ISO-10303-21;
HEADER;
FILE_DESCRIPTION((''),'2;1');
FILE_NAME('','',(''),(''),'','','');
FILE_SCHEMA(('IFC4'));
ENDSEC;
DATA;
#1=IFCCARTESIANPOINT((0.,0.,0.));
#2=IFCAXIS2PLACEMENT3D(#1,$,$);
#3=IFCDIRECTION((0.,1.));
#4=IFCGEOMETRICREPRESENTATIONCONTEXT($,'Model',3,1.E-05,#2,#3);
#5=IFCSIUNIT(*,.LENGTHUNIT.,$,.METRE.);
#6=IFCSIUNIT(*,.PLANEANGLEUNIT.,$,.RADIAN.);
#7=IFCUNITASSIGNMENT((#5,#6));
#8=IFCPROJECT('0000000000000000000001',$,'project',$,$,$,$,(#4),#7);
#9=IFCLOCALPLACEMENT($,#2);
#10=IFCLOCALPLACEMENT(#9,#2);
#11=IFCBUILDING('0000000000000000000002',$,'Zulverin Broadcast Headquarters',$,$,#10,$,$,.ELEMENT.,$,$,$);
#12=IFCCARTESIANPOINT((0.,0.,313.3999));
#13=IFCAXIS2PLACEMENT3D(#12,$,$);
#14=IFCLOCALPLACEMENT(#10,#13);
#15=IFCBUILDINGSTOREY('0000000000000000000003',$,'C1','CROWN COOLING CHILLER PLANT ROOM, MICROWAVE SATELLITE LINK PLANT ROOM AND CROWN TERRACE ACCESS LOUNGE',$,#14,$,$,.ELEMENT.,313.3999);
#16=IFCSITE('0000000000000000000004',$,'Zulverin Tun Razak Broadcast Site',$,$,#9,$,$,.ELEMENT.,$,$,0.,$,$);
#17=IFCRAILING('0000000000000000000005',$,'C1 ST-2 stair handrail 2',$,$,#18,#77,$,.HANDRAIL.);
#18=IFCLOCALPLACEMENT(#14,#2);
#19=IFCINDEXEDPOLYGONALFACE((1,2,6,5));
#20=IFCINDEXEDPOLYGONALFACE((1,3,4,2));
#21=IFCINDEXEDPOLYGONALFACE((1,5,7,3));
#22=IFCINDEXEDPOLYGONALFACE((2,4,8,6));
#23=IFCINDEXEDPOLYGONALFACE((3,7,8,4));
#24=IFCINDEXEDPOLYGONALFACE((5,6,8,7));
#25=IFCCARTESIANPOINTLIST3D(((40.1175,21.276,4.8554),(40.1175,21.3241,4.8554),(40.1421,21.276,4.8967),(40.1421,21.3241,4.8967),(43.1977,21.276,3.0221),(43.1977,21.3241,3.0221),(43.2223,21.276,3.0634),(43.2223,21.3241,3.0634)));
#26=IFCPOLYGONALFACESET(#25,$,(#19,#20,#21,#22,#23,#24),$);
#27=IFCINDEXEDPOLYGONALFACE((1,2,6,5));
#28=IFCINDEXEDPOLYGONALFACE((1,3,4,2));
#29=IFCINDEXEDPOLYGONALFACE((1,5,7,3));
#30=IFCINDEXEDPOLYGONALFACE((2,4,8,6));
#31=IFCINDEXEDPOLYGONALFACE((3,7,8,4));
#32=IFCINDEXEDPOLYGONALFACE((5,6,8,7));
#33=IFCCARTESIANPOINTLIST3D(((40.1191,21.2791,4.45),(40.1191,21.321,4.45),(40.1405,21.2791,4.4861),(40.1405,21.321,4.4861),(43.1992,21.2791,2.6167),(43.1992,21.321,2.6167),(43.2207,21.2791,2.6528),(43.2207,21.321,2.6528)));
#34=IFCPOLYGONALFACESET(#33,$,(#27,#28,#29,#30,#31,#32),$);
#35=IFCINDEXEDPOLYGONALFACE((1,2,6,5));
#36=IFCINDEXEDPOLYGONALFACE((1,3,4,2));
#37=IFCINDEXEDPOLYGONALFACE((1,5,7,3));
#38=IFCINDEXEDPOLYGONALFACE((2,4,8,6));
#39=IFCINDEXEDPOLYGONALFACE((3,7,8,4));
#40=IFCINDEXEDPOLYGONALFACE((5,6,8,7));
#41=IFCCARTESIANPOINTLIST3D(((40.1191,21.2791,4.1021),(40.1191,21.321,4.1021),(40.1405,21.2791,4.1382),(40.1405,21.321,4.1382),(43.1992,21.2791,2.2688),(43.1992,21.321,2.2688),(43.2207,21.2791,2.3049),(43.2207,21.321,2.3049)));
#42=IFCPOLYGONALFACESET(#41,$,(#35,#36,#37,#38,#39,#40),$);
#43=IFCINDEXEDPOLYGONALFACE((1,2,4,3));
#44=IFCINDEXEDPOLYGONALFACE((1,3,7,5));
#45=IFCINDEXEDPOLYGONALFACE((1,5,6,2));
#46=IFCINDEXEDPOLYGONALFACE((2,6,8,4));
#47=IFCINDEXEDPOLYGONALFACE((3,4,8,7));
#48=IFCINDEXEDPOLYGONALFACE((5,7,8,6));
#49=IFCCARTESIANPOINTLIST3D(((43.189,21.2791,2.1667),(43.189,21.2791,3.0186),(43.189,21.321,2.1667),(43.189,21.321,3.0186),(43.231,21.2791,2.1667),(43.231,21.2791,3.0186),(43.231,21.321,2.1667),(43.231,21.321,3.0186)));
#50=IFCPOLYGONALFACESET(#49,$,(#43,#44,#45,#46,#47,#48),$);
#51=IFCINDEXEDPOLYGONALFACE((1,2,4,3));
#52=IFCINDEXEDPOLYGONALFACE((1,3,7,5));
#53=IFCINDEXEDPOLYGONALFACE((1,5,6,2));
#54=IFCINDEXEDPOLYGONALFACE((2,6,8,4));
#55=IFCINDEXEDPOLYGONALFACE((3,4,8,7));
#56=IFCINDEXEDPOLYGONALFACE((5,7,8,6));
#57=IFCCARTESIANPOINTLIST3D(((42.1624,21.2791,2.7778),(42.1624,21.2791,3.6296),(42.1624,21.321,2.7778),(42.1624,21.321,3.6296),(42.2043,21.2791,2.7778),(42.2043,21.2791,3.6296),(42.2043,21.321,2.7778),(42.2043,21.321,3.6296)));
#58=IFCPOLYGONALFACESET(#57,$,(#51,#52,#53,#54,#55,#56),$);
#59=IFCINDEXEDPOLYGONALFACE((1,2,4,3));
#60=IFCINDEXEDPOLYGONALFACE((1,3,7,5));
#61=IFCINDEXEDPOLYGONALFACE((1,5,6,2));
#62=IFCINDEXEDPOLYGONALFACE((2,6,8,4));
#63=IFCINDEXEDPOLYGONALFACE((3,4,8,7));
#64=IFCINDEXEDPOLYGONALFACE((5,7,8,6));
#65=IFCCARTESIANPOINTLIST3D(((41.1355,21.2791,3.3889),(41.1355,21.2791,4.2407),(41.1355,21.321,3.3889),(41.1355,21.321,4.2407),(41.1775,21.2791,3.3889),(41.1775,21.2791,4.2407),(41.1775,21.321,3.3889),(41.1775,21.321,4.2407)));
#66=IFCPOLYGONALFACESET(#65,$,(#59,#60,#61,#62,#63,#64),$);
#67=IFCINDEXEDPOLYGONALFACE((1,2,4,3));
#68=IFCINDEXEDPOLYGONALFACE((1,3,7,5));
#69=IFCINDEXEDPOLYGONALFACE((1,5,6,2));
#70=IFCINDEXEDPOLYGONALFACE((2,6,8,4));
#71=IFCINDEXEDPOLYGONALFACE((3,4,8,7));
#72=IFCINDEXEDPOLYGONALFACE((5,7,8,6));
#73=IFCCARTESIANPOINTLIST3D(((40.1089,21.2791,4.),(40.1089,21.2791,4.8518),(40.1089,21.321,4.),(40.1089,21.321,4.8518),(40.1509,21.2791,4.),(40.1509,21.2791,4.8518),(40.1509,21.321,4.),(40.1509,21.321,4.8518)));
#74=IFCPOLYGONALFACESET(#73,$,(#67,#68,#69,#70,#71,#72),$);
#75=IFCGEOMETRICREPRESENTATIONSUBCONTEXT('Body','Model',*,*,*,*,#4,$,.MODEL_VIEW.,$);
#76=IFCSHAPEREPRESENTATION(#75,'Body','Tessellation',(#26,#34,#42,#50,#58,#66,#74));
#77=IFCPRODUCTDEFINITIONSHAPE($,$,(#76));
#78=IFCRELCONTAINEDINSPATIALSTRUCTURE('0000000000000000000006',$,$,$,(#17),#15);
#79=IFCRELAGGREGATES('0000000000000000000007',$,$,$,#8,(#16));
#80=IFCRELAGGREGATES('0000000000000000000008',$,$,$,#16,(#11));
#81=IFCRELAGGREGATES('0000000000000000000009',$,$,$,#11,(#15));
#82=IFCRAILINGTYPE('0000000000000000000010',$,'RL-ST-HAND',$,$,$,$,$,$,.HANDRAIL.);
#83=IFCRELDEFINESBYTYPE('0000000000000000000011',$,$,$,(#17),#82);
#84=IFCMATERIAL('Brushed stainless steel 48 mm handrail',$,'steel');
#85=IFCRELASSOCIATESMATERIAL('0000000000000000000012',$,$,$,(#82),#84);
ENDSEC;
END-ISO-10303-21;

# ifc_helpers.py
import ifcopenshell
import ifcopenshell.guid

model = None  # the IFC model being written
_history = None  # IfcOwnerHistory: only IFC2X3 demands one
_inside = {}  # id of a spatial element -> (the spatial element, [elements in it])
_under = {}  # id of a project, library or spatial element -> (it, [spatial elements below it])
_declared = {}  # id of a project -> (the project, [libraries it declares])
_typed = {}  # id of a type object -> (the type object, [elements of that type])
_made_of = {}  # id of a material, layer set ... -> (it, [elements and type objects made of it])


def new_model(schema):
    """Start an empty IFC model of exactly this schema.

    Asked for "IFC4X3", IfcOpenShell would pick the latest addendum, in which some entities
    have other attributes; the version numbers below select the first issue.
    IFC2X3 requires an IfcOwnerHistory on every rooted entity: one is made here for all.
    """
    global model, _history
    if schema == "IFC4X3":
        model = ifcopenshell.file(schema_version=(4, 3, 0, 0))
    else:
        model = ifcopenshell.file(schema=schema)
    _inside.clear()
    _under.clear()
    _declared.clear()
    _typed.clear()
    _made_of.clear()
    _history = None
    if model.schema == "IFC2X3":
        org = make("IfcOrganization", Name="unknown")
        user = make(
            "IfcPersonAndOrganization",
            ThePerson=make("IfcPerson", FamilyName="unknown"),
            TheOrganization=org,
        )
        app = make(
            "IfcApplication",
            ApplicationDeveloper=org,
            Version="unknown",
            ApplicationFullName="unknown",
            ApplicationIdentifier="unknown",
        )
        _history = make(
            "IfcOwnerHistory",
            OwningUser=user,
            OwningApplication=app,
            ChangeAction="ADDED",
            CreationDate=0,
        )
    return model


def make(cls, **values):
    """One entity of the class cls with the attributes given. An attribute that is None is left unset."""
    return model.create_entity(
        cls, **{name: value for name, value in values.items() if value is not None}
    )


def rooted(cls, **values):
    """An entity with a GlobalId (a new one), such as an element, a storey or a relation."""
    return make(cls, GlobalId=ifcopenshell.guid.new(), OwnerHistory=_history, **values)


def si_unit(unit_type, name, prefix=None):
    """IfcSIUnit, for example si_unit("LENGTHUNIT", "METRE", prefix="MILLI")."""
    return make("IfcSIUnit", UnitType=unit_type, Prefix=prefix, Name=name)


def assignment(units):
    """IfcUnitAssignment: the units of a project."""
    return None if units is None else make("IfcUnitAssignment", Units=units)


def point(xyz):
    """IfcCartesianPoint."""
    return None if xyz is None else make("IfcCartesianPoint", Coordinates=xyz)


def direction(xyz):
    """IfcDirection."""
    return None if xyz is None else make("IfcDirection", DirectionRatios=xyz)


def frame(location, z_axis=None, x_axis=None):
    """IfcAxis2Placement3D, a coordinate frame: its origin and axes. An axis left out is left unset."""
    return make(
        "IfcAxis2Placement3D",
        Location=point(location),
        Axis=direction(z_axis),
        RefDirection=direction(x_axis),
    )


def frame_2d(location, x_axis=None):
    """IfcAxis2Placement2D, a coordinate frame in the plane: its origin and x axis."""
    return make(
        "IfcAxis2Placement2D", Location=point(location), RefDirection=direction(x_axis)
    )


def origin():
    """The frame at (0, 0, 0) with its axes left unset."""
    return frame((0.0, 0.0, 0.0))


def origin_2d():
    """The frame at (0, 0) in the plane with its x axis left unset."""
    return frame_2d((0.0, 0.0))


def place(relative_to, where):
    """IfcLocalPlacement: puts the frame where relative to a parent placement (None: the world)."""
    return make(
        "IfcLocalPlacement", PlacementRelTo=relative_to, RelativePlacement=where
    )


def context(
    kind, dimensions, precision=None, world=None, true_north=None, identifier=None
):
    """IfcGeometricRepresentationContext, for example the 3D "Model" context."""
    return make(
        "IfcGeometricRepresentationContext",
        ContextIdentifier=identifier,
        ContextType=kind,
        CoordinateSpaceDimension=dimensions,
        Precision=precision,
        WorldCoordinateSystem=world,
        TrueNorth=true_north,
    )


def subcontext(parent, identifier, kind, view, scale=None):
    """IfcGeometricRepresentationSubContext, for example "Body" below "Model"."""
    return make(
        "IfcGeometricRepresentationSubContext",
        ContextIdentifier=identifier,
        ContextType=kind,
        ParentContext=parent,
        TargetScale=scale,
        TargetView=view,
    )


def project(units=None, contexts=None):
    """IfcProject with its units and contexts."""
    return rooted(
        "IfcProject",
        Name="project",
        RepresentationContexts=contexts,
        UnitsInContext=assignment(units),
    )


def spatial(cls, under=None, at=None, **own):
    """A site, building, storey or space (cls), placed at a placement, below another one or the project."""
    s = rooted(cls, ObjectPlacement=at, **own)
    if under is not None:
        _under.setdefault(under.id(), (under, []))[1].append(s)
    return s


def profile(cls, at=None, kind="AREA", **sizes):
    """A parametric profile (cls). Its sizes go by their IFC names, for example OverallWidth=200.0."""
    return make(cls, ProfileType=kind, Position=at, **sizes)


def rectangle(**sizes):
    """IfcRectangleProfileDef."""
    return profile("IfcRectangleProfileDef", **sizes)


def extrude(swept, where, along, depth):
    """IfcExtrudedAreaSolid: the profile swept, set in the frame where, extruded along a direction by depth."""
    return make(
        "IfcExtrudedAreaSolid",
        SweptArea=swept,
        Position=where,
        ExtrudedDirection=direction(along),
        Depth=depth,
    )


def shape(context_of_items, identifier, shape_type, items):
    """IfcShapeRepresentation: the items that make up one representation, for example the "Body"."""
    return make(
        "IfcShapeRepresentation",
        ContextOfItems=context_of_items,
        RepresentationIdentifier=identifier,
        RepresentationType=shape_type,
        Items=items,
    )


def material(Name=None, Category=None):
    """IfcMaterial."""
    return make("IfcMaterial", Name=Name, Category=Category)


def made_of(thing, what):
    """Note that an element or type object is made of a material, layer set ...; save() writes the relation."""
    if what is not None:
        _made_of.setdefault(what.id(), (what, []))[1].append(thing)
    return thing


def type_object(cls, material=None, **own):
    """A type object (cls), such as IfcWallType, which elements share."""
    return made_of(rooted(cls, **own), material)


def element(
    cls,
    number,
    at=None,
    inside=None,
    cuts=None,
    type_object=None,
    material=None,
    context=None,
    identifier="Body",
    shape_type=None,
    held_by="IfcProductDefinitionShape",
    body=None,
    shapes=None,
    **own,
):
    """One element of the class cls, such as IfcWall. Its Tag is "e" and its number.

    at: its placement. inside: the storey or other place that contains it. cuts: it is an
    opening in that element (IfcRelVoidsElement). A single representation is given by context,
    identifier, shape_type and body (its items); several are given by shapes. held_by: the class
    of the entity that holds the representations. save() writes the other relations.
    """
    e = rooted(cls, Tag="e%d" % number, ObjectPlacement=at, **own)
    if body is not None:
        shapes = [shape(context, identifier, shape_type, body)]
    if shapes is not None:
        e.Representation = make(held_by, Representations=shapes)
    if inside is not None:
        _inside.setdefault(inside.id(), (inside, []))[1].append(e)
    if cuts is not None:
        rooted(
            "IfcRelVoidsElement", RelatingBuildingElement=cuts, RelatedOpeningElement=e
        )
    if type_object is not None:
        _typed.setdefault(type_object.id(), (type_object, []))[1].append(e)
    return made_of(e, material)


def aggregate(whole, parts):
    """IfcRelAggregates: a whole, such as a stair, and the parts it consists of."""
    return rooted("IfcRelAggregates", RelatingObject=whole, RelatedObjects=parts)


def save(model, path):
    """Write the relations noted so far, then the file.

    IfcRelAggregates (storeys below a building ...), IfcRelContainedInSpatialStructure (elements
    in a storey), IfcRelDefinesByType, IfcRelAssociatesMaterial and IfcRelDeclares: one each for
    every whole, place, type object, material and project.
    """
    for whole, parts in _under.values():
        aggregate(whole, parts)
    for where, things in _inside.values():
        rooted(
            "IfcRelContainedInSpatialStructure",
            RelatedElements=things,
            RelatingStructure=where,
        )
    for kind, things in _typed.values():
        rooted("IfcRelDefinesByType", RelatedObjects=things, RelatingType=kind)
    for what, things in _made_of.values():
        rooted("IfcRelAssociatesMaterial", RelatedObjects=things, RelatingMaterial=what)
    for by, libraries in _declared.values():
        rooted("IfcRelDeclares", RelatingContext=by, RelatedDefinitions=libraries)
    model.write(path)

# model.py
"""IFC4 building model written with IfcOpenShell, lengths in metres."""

from ifc_helpers import new_model, si_unit, direction, frame, origin, origin_2d, place, context, subcontext, project, spatial, rectangle, extrude, material, type_object, element, save


model = new_model("IFC4")

# Units and contexts
model_context = context("Model", 3, precision=1e-05, world=origin(), true_north=direction((0.0, 1.0)))
body_context = subcontext(model_context, "Body", "Model", "MODEL_VIEW")
ifc_project = project(units=[si_unit("LENGTHUNIT", "METRE"), si_unit("PLANEANGLEUNIT", "RADIAN")], contexts=[model_context])

# Site, building, storey
site_placement = place(None, origin())
site = spatial("IfcSite", under=ifc_project, at=site_placement, Name="Zulverin Tun Razak Broadcast Site", CompositionType="ELEMENT", RefElevation=0.0)
building_placement = place(site_placement, origin())
building = spatial("IfcBuilding", under=site, at=building_placement, Name="Zulverin Broadcast Headquarters", CompositionType="ELEMENT")
storey_placement = place(building_placement, frame((0.0, 0.0, 313.3999)))
storey = spatial("IfcBuildingStorey", under=building, at=storey_placement, Name="C1", Description="CROWN COOLING CHILLER PLANT ROOM, MICROWAVE SATELLITE LINK PLANT ROOM AND CROWN TERRACE ACCESS LOUNGE", CompositionType="ELEMENT", Elevation=313.3999)

# Railing
ifc_material_1 = material(Name="Brushed stainless steel 48 mm handrail", Category="steel")
railing_type_1 = type_object("IfcRailingType", Name="RL-ST-HAND", PredefinedType="HANDRAIL", material=ifc_material_1)
railing_1_placement = place(storey_placement, frame((43.21, 21.3, 2.1667)))
element("IfcRailing", 1, at=railing_1_placement, inside=storey, type_object=railing_type_1, Name="C1 ST-2 stair handrail 2", PredefinedType="HANDRAIL", context=body_context, shape_type="SweptSolid", body=[
    extrude(rectangle(XDim=0.0481, YDim=0.0481, at=origin_2d()), frame((0.0, 0.0, 0.876), z_axis=(-0.859309, 0.0, 0.511458), x_axis=(0.0, -1.0, 0.0)), (0.0, 0.0, 1.0), 3.5845),
    extrude(rectangle(XDim=0.042, YDim=0.042, at=origin_2d()), frame((0.0, 0.0, 0.468), z_axis=(-0.859309, 0.0, 0.511458), x_axis=(0.0, -1.0, 0.0)), (0.0, 0.0, 1.0), 3.5845),
    extrude(rectangle(XDim=0.042, YDim=0.042, at=origin_2d()), frame((0.0, 0.0, 0.1201), z_axis=(-0.859309, 0.0, 0.511458), x_axis=(0.0, -1.0, 0.0)), (0.0, 0.0, 1.0), 3.5845),
    extrude(rectangle(XDim=0.042, YDim=0.042, at=origin_2d()), origin(), (0.0, 0.0, 1.0), 0.8518),
    extrude(rectangle(XDim=0.042, YDim=0.042, at=origin_2d()), frame((-1.0266, 0.0, 0.6111)), (0.0, 0.0, 1.0), 0.8518),
    extrude(rectangle(XDim=0.042, YDim=0.042, at=origin_2d()), frame((-2.0535, 0.0, 1.2222)), (0.0, 0.0, 1.0), 0.8518),
    extrude(rectangle(XDim=0.042, YDim=0.042, at=origin_2d()), frame((-3.0801, 0.0, 1.8333)), (0.0, 0.0, 1.0), 0.8518),
])

save(model, "model.ifc")
